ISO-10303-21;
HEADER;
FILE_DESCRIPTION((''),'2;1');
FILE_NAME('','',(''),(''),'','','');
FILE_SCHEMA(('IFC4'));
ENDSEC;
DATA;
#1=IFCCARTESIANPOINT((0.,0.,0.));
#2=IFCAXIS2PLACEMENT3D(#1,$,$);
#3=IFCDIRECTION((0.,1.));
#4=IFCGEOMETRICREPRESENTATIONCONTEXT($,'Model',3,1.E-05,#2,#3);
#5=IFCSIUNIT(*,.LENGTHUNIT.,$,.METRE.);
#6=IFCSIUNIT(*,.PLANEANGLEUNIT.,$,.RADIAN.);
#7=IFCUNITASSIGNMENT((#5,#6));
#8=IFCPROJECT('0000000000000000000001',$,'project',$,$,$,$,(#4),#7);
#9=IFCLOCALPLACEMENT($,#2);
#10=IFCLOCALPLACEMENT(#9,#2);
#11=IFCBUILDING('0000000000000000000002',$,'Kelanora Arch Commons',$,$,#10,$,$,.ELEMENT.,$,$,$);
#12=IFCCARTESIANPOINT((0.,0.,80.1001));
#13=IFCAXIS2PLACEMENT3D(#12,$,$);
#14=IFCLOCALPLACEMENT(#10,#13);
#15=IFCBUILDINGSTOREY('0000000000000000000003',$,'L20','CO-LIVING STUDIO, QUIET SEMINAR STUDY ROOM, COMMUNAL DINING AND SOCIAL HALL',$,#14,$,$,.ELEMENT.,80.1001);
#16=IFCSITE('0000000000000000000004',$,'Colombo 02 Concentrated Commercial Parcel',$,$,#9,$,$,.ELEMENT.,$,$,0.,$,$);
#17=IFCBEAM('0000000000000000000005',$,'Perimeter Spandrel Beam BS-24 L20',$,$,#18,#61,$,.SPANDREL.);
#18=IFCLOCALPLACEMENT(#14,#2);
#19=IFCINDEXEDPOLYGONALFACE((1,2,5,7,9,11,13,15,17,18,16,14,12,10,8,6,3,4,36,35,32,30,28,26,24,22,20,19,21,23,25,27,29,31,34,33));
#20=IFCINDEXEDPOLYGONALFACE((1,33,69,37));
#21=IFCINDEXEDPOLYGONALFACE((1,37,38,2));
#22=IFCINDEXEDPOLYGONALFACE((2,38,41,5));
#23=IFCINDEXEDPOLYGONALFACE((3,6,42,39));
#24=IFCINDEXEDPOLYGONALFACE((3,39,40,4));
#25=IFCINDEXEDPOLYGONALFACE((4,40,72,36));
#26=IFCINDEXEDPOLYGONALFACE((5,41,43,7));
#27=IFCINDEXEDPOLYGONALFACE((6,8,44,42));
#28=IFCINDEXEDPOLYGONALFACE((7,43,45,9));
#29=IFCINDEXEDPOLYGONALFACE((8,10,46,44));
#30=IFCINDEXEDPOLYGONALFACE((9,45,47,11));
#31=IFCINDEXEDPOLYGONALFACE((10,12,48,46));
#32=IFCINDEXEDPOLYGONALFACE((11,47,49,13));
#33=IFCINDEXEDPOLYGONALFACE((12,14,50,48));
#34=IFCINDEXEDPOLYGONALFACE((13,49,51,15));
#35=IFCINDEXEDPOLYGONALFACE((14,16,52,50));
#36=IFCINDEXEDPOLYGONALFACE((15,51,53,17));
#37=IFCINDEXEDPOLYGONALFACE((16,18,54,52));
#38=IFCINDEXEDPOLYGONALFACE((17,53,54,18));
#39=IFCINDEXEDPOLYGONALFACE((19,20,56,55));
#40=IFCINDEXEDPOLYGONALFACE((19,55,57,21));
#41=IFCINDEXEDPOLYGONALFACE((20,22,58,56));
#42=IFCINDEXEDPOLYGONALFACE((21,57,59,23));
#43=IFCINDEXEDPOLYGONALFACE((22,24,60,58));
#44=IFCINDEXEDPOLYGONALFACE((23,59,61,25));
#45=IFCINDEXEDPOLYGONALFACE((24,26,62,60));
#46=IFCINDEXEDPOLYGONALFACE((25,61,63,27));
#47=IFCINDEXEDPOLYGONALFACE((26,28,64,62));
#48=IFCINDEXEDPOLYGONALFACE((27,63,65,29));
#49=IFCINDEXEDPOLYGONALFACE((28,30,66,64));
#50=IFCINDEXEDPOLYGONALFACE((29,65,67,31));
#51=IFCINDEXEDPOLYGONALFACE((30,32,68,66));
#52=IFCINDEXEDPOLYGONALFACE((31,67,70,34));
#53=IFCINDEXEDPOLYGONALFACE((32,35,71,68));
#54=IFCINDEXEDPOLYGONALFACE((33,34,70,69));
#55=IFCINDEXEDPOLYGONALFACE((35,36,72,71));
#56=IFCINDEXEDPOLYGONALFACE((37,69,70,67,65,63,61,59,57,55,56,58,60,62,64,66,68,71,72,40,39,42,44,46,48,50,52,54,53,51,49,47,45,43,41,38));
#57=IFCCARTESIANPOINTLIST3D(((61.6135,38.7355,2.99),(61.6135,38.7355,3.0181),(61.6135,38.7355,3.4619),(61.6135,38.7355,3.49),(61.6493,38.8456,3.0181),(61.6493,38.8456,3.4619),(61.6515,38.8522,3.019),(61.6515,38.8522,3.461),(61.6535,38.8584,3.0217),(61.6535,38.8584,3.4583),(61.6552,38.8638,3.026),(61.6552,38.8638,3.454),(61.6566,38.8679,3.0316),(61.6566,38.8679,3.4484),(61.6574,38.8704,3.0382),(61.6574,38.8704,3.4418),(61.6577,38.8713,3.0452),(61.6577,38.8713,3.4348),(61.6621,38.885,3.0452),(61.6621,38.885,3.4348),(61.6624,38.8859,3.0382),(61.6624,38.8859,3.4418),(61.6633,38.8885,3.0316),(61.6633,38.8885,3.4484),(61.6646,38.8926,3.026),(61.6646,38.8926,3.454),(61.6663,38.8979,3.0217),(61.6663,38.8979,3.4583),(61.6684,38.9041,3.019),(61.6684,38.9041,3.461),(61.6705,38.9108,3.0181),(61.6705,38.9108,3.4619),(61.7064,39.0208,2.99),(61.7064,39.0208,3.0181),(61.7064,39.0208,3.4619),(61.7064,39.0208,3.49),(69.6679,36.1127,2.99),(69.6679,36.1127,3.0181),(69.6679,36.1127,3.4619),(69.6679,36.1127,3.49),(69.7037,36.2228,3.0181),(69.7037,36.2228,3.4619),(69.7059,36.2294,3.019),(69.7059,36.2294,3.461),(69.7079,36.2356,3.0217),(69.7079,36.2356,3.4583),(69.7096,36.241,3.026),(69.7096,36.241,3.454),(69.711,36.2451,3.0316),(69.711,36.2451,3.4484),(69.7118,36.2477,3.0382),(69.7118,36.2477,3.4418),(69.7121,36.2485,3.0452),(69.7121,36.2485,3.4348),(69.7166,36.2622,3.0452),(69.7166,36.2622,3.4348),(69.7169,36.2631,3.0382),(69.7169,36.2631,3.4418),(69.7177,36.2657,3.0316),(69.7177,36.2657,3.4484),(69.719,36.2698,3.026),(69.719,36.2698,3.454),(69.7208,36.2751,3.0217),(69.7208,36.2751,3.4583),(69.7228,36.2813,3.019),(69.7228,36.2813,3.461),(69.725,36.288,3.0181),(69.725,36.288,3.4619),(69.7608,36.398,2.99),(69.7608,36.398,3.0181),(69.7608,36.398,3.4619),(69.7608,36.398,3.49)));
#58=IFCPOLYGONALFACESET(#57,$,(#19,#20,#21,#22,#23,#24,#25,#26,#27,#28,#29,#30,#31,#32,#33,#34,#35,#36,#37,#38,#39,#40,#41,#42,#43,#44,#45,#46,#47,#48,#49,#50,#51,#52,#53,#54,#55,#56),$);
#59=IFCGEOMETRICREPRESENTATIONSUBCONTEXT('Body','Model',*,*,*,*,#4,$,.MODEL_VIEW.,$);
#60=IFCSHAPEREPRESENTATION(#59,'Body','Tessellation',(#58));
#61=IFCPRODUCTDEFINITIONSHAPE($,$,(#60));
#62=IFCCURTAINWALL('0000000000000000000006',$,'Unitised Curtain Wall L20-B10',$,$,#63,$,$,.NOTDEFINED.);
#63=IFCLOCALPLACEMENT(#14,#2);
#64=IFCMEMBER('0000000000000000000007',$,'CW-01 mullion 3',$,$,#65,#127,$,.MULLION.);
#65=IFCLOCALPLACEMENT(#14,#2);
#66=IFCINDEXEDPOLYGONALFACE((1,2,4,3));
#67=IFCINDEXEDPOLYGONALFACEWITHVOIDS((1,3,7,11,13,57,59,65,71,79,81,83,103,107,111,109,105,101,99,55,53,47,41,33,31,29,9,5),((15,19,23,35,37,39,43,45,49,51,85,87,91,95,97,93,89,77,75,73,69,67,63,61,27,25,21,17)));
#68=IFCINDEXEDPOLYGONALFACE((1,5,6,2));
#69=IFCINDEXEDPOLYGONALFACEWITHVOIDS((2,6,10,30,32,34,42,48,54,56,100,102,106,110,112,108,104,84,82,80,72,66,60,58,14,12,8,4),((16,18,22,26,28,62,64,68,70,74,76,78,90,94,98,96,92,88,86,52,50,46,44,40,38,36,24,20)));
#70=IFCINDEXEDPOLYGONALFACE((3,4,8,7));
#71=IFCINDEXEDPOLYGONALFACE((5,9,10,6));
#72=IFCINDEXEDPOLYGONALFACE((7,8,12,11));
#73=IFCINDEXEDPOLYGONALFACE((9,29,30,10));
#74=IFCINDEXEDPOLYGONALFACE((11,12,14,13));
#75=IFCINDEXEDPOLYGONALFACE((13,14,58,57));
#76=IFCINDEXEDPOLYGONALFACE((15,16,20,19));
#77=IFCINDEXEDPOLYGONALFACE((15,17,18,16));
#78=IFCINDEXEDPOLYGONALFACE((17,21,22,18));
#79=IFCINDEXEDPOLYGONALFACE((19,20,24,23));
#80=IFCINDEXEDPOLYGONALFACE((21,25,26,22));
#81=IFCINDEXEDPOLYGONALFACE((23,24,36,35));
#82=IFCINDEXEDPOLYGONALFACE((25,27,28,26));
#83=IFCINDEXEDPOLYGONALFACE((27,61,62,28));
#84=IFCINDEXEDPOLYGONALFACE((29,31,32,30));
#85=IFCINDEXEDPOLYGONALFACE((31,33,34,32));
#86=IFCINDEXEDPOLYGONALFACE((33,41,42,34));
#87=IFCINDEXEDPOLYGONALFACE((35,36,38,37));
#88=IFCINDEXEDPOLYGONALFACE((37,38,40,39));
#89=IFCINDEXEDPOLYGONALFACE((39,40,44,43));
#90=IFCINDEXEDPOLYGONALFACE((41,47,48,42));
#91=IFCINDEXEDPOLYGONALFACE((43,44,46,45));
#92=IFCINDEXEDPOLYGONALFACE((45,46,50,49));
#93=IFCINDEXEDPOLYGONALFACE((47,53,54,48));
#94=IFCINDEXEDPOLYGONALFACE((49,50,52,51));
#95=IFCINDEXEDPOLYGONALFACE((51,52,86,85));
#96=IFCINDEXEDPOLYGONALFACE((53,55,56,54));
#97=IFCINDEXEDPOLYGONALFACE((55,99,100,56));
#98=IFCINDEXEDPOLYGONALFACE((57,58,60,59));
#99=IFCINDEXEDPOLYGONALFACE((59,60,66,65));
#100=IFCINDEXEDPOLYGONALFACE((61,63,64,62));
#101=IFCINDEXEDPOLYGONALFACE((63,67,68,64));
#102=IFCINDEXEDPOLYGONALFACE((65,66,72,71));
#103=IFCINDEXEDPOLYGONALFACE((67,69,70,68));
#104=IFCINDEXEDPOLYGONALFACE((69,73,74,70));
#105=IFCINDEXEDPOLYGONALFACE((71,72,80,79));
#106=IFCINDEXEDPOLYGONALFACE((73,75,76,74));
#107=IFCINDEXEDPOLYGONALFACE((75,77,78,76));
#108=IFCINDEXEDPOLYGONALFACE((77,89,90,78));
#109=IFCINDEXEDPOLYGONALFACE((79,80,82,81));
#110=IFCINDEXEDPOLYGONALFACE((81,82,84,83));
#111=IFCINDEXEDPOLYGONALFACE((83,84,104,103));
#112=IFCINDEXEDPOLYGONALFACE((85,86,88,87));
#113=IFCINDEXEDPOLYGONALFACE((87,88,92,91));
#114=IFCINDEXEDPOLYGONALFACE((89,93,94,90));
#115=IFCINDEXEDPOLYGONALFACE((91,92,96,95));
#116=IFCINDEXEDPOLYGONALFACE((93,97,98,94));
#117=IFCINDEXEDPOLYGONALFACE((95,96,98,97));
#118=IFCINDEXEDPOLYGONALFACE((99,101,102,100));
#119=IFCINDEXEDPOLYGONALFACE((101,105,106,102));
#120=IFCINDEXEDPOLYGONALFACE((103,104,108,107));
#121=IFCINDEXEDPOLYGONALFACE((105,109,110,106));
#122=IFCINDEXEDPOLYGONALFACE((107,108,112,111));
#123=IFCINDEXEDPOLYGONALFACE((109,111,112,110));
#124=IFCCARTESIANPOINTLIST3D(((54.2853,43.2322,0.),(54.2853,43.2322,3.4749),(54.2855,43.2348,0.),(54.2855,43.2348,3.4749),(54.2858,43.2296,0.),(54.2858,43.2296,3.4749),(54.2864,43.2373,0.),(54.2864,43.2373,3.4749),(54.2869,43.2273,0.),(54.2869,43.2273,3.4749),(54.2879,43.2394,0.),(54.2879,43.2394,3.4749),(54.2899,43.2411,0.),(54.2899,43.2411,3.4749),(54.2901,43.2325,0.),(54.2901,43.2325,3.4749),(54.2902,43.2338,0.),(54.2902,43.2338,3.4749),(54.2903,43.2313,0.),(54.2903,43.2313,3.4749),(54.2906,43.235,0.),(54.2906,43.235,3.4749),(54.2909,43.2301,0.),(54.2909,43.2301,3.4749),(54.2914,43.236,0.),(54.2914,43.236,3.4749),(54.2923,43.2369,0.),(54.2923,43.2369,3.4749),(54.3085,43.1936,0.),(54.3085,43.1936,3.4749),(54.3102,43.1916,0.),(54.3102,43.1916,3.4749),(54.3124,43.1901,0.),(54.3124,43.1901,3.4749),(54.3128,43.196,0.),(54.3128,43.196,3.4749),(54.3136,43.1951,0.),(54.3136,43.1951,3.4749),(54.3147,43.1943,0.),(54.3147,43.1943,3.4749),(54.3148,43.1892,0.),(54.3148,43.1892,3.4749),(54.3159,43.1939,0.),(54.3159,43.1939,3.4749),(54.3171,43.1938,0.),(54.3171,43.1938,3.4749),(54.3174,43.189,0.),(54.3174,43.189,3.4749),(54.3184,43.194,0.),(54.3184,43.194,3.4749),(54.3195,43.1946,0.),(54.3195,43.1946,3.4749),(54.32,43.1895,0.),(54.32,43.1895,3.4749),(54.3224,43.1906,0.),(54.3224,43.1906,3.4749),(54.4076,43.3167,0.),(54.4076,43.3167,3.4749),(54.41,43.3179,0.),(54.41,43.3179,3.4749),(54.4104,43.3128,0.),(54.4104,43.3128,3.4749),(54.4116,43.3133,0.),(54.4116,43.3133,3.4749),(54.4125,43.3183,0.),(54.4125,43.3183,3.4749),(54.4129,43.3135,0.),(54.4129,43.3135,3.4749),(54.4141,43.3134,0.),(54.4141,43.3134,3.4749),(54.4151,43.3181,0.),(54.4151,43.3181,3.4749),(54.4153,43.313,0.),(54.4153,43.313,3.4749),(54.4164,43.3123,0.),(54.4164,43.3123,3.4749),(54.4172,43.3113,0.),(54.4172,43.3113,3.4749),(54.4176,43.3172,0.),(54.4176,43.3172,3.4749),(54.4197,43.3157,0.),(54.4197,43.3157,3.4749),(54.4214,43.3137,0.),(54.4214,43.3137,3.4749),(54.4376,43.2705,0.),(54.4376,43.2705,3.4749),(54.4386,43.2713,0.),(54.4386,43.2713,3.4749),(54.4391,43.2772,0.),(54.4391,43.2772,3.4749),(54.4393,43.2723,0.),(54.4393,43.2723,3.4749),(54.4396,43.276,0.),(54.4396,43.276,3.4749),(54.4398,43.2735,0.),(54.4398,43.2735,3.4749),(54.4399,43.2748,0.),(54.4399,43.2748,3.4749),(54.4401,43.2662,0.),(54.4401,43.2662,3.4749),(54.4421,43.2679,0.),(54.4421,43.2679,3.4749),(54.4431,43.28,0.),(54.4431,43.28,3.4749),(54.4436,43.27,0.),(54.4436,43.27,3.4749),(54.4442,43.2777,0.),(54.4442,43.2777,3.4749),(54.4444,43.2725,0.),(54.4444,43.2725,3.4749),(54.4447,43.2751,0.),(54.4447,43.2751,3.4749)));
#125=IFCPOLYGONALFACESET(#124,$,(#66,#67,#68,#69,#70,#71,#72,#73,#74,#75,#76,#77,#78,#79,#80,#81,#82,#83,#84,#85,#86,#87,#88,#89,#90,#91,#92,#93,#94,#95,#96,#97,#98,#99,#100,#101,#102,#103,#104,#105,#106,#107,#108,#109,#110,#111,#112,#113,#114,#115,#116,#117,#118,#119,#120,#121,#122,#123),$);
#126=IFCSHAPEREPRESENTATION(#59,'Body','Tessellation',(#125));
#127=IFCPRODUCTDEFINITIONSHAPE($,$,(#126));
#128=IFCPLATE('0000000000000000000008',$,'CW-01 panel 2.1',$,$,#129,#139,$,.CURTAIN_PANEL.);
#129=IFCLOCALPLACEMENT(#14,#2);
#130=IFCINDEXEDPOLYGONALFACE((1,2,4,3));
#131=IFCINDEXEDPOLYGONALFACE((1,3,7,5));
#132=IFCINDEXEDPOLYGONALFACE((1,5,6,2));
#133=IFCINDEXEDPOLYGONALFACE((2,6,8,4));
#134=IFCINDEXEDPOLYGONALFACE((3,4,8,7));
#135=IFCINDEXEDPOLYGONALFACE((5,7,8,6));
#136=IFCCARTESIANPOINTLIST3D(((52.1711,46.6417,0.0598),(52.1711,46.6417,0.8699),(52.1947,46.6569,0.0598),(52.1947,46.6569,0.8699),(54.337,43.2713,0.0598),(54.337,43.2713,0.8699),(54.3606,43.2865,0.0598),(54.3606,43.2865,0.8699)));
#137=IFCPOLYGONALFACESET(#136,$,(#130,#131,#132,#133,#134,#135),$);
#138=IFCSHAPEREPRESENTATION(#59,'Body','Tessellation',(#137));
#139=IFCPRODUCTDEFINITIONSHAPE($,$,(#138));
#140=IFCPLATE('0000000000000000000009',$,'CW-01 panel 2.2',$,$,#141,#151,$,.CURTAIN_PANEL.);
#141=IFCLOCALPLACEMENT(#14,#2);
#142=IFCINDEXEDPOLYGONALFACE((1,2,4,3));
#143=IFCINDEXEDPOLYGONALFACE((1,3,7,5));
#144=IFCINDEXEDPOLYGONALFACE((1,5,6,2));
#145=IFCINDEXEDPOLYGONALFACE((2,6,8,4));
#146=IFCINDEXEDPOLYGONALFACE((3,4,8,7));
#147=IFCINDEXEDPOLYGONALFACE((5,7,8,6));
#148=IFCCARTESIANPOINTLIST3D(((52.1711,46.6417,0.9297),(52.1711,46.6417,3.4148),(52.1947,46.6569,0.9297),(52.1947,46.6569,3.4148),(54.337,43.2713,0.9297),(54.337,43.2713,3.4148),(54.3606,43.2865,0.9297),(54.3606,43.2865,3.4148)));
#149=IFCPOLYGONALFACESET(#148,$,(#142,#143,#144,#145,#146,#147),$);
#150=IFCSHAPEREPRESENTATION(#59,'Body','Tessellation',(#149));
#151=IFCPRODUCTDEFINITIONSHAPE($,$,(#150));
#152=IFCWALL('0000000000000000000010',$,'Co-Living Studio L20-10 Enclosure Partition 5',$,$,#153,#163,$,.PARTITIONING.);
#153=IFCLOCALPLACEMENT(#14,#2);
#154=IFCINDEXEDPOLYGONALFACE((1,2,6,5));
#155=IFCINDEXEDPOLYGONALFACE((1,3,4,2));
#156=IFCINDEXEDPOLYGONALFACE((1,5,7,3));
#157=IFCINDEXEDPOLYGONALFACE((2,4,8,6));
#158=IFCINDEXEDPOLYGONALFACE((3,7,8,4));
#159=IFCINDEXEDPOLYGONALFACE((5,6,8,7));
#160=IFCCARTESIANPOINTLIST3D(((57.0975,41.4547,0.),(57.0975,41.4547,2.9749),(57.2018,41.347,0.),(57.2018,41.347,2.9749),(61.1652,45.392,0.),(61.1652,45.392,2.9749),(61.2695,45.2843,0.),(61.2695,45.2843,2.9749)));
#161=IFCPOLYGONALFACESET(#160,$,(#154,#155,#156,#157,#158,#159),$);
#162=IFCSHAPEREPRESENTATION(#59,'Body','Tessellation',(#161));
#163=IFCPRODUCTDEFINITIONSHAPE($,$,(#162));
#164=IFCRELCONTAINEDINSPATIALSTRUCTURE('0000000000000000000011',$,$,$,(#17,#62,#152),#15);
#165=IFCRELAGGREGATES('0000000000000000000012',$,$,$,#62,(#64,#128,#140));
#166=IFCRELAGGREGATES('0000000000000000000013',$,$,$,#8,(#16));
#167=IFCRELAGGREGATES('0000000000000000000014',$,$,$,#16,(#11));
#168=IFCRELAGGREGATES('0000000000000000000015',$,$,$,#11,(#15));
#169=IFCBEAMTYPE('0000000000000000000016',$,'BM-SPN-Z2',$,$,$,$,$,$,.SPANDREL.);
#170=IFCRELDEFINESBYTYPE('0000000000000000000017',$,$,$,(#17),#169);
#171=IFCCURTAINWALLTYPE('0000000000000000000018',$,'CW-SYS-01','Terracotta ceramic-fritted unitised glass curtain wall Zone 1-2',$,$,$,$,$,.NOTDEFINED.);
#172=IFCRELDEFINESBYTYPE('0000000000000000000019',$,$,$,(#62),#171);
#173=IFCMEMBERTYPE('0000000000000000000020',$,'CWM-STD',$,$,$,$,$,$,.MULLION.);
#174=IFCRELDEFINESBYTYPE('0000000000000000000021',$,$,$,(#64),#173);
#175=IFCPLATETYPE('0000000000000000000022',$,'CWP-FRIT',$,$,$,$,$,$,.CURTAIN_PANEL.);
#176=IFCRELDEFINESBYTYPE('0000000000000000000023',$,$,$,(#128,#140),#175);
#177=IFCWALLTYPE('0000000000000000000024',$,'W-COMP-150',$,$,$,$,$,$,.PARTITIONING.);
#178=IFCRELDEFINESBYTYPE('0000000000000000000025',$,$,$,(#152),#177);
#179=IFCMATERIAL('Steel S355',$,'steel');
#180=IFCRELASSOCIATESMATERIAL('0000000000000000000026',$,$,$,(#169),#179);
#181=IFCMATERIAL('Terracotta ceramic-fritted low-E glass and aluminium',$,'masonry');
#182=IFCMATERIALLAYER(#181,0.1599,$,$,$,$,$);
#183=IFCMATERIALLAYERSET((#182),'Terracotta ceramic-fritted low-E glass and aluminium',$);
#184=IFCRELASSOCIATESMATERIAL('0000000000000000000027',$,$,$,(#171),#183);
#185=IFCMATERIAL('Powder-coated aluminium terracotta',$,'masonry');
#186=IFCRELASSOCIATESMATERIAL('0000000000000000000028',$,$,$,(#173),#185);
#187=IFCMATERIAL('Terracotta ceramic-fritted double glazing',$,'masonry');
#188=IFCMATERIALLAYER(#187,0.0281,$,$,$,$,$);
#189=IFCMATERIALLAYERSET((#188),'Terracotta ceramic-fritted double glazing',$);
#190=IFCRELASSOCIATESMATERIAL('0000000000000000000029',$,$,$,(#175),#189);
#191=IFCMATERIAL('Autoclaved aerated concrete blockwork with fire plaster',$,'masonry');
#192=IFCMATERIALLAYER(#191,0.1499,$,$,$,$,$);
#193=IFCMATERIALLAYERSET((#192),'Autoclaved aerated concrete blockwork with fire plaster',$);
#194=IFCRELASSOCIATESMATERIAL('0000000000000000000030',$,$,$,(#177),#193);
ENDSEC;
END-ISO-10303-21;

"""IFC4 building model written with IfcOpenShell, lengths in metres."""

from ifc_helpers import new_model, si_unit, direction, frame, frame_2d, origin, origin_2d, place, context, subcontext, project, spatial, rectangle, hollow_rectangle, i_section, extrude, source, transform, mapped, material, layer, layer_set, material_profile, profile_set, type_object, element, aggregate, save


model = new_model("IFC4")

# Units and contexts
model_context = context("Model", 3, precision=1e-05, world=origin(), true_north=direction((0.0, 1.0)))
body_context = subcontext(model_context, "Body", "Model", "MODEL_VIEW")
ifc_project = project(units=[si_unit("LENGTHUNIT", "METRE"), si_unit("PLANEANGLEUNIT", "RADIAN")], contexts=[model_context])

# Site, building, storey
site_placement = place(None, origin())
site = spatial("IfcSite", under=ifc_project, at=site_placement, Name="Colombo 02 Concentrated Commercial Parcel", CompositionType="ELEMENT", RefElevation=0.0)
building_placement = place(site_placement, origin())
building = spatial("IfcBuilding", under=site, at=building_placement, Name="Kelanora Arch Commons", CompositionType="ELEMENT")
storey_placement = place(building_placement, frame((0.0, 0.0, 80.1001)))
storey = spatial("IfcBuildingStorey", under=building, at=storey_placement, Name="L20", Description="CO-LIVING STUDIO, QUIET SEMINAR STUDY ROOM, COMMUNAL DINING AND SOCIAL HALL", CompositionType="ELEMENT", Elevation=80.1001)

# Beam
ifc_material_1 = material(Name="Steel S355", Category="steel")
ifc_material_profile_1 = material_profile(ifc_material_1, i_section(OverallWidth=0.3, OverallDepth=0.5, WebThickness=0.0144, FlangeThickness=0.0281, FilletRadius=0.0271, at=origin_2d()), Name="HEB500")
ifc_profile_set_1 = profile_set([ifc_material_profile_1], Name="Steel S355")
beam_type_1 = type_object("IfcBeamType", Name="BM-SPN-Z2", PredefinedType="SPANDREL", material=ifc_profile_set_1)
beam_1_placement = place(storey_placement, frame((61.6599, 38.8782, 3.24), z_axis=(0.950857, -0.309631, 0.0), x_axis=(0.309631, 0.950857, 0.0)))
element("IfcBeam", 1, at=beam_1_placement, inside=storey, type_object=beam_type_1, Name="Perimeter Spandrel Beam BS-24 L20", PredefinedType="SPANDREL", context=body_context, shape_type="SweptSolid", body=[
    extrude(i_section(OverallWidth=0.3, OverallDepth=0.5, WebThickness=0.0144, FlangeThickness=0.0281, FilletRadius=0.0271, at=origin_2d()), origin(), (0.0, 0.0, 1.0), 8.4707),
])

# Curtain wall, member, plates
ifc_material_2 = material(Name="Terracotta ceramic-fritted low-E glass and aluminium", Category="masonry")
ifc_layer_1 = layer(ifc_material_2, 0.1599)
ifc_layer_set_1 = layer_set([ifc_layer_1], Name="Terracotta ceramic-fritted low-E glass and aluminium")
curtain_wall_type = type_object("IfcCurtainWallType", Name="CW-SYS-01", Description="Terracotta ceramic-fritted unitised glass curtain wall Zone 1-2", PredefinedType="NOTDEFINED", material=ifc_layer_set_1)
curtain_wall_placement = place(storey_placement, origin())
curtain_wall = element("IfcCurtainWall", 2, at=curtain_wall_placement, inside=storey, type_object=curtain_wall_type, Name="Unitised Curtain Wall L20-B10", PredefinedType="NOTDEFINED")
ifc_material_3 = material(Name="Powder-coated aluminium terracotta", Category="masonry")
ifc_material_profile_2 = material_profile(ifc_material_3, hollow_rectangle(XDim=0.1599, YDim=0.0601, WallThickness=0.0049, InnerFilletRadius=0.0049, OuterFilletRadius=0.01, at=origin_2d()), Name="CWM160x60")
ifc_profile_set_2 = profile_set([ifc_material_profile_2], Name="Powder-coated aluminium terracotta")
member_type = type_object("IfcMemberType", Name="CWM-STD", PredefinedType="MULLION", material=ifc_profile_set_2)
member_placement = place(storey_placement, frame((54.365, 43.2537, 0.0), z_axis=(0.0, 0.0, 1.0), x_axis=(0.841269, 0.540617, 0.0)))
member = element("IfcMember", 3, at=member_placement, type_object=member_type, Name="CW-01 mullion 3", PredefinedType="MULLION", context=body_context, shape_type="SweptSolid", body=[
    extrude(hollow_rectangle(XDim=0.1599, YDim=0.0601, WallThickness=0.0049, InnerFilletRadius=0.0049, OuterFilletRadius=0.01, at=origin_2d()), origin(), (0.0, 0.0, 1.0), 3.4749),
])
ifc_material_4 = material(Name="Terracotta ceramic-fritted double glazing", Category="masonry")
ifc_layer_2 = layer(ifc_material_4, 0.0281)
ifc_layer_set_2 = layer_set([ifc_layer_2], Name="Terracotta ceramic-fritted double glazing")
plate_type = type_object("IfcPlateType", Name="CWP-FRIT", PredefinedType="CURTAIN_PANEL", material=ifc_layer_set_2)
shared_shape_1 = source(origin(), body_context, "Body", "SweptSolid", [
    extrude(rectangle(XDim=4.0063, YDim=0.0281, at=origin_2d()), origin(), (0.0, 0.0, 1.0), 0.8101),
])
plate_1_placement = place(storey_placement, frame((53.2659, 44.9641, 0.0598), z_axis=(0.0, 0.0, 1.0), x_axis=(0.540617, -0.841269, 0.0)))
plate_1 = element("IfcPlate", 4, at=plate_1_placement, type_object=plate_type, Name="CW-01 panel 2.1", PredefinedType="CURTAIN_PANEL", context=body_context, shape_type="MappedRepresentation", body=[
    mapped(shared_shape_1, transform((0.0, 0.0, 0.0), scale=1.0)),
])
shared_shape_2 = source(origin(), body_context, "Body", "SweptSolid", [
    extrude(rectangle(XDim=4.0063, YDim=0.0281, at=origin_2d()), origin(), (0.0, 0.0, 1.0), 2.4851),
])
plate_2_placement = place(storey_placement, frame((53.2659, 44.9641, 0.9297), z_axis=(0.0, 0.0, 1.0), x_axis=(0.540617, -0.841269, 0.0)))
plate_2 = element("IfcPlate", 5, at=plate_2_placement, type_object=plate_type, Name="CW-01 panel 2.2", PredefinedType="CURTAIN_PANEL", context=body_context, shape_type="MappedRepresentation", body=[
    mapped(shared_shape_2, transform((0.0, 0.0, 0.0), scale=1.0)),
])
aggregate(curtain_wall, [member, plate_1, plate_2])

# Wall
ifc_material_5 = material(Name="Autoclaved aerated concrete blockwork with fire plaster", Category="masonry")
ifc_layer_3 = layer(ifc_material_5, 0.1499)
ifc_layer_set_3 = layer_set([ifc_layer_3], Name="Autoclaved aerated concrete blockwork with fire plaster")
wall_type_1 = type_object("IfcWallType", Name="W-COMP-150", PredefinedType="PARTITIONING", material=ifc_layer_set_3)
wall_1_placement = place(storey_placement, frame((57.1497, 41.4009, 0.0), z_axis=(0.0, 0.0, 1.0), x_axis=(0.718528, 0.695498, 0.0)))
element("IfcWall", 6, at=wall_1_placement, inside=storey, type_object=wall_type_1, Name="Co-Living Studio L20-10 Enclosure Partition 5", PredefinedType="PARTITIONING", context=body_context, shape_type="SweptSolid", body=[
    extrude(rectangle(XDim=5.6611, YDim=0.1499, at=frame_2d((2.8306, 0.0))), origin(), (0.0, 0.0, 1.0), 2.9749),
])

save(model, "model.ifc")
